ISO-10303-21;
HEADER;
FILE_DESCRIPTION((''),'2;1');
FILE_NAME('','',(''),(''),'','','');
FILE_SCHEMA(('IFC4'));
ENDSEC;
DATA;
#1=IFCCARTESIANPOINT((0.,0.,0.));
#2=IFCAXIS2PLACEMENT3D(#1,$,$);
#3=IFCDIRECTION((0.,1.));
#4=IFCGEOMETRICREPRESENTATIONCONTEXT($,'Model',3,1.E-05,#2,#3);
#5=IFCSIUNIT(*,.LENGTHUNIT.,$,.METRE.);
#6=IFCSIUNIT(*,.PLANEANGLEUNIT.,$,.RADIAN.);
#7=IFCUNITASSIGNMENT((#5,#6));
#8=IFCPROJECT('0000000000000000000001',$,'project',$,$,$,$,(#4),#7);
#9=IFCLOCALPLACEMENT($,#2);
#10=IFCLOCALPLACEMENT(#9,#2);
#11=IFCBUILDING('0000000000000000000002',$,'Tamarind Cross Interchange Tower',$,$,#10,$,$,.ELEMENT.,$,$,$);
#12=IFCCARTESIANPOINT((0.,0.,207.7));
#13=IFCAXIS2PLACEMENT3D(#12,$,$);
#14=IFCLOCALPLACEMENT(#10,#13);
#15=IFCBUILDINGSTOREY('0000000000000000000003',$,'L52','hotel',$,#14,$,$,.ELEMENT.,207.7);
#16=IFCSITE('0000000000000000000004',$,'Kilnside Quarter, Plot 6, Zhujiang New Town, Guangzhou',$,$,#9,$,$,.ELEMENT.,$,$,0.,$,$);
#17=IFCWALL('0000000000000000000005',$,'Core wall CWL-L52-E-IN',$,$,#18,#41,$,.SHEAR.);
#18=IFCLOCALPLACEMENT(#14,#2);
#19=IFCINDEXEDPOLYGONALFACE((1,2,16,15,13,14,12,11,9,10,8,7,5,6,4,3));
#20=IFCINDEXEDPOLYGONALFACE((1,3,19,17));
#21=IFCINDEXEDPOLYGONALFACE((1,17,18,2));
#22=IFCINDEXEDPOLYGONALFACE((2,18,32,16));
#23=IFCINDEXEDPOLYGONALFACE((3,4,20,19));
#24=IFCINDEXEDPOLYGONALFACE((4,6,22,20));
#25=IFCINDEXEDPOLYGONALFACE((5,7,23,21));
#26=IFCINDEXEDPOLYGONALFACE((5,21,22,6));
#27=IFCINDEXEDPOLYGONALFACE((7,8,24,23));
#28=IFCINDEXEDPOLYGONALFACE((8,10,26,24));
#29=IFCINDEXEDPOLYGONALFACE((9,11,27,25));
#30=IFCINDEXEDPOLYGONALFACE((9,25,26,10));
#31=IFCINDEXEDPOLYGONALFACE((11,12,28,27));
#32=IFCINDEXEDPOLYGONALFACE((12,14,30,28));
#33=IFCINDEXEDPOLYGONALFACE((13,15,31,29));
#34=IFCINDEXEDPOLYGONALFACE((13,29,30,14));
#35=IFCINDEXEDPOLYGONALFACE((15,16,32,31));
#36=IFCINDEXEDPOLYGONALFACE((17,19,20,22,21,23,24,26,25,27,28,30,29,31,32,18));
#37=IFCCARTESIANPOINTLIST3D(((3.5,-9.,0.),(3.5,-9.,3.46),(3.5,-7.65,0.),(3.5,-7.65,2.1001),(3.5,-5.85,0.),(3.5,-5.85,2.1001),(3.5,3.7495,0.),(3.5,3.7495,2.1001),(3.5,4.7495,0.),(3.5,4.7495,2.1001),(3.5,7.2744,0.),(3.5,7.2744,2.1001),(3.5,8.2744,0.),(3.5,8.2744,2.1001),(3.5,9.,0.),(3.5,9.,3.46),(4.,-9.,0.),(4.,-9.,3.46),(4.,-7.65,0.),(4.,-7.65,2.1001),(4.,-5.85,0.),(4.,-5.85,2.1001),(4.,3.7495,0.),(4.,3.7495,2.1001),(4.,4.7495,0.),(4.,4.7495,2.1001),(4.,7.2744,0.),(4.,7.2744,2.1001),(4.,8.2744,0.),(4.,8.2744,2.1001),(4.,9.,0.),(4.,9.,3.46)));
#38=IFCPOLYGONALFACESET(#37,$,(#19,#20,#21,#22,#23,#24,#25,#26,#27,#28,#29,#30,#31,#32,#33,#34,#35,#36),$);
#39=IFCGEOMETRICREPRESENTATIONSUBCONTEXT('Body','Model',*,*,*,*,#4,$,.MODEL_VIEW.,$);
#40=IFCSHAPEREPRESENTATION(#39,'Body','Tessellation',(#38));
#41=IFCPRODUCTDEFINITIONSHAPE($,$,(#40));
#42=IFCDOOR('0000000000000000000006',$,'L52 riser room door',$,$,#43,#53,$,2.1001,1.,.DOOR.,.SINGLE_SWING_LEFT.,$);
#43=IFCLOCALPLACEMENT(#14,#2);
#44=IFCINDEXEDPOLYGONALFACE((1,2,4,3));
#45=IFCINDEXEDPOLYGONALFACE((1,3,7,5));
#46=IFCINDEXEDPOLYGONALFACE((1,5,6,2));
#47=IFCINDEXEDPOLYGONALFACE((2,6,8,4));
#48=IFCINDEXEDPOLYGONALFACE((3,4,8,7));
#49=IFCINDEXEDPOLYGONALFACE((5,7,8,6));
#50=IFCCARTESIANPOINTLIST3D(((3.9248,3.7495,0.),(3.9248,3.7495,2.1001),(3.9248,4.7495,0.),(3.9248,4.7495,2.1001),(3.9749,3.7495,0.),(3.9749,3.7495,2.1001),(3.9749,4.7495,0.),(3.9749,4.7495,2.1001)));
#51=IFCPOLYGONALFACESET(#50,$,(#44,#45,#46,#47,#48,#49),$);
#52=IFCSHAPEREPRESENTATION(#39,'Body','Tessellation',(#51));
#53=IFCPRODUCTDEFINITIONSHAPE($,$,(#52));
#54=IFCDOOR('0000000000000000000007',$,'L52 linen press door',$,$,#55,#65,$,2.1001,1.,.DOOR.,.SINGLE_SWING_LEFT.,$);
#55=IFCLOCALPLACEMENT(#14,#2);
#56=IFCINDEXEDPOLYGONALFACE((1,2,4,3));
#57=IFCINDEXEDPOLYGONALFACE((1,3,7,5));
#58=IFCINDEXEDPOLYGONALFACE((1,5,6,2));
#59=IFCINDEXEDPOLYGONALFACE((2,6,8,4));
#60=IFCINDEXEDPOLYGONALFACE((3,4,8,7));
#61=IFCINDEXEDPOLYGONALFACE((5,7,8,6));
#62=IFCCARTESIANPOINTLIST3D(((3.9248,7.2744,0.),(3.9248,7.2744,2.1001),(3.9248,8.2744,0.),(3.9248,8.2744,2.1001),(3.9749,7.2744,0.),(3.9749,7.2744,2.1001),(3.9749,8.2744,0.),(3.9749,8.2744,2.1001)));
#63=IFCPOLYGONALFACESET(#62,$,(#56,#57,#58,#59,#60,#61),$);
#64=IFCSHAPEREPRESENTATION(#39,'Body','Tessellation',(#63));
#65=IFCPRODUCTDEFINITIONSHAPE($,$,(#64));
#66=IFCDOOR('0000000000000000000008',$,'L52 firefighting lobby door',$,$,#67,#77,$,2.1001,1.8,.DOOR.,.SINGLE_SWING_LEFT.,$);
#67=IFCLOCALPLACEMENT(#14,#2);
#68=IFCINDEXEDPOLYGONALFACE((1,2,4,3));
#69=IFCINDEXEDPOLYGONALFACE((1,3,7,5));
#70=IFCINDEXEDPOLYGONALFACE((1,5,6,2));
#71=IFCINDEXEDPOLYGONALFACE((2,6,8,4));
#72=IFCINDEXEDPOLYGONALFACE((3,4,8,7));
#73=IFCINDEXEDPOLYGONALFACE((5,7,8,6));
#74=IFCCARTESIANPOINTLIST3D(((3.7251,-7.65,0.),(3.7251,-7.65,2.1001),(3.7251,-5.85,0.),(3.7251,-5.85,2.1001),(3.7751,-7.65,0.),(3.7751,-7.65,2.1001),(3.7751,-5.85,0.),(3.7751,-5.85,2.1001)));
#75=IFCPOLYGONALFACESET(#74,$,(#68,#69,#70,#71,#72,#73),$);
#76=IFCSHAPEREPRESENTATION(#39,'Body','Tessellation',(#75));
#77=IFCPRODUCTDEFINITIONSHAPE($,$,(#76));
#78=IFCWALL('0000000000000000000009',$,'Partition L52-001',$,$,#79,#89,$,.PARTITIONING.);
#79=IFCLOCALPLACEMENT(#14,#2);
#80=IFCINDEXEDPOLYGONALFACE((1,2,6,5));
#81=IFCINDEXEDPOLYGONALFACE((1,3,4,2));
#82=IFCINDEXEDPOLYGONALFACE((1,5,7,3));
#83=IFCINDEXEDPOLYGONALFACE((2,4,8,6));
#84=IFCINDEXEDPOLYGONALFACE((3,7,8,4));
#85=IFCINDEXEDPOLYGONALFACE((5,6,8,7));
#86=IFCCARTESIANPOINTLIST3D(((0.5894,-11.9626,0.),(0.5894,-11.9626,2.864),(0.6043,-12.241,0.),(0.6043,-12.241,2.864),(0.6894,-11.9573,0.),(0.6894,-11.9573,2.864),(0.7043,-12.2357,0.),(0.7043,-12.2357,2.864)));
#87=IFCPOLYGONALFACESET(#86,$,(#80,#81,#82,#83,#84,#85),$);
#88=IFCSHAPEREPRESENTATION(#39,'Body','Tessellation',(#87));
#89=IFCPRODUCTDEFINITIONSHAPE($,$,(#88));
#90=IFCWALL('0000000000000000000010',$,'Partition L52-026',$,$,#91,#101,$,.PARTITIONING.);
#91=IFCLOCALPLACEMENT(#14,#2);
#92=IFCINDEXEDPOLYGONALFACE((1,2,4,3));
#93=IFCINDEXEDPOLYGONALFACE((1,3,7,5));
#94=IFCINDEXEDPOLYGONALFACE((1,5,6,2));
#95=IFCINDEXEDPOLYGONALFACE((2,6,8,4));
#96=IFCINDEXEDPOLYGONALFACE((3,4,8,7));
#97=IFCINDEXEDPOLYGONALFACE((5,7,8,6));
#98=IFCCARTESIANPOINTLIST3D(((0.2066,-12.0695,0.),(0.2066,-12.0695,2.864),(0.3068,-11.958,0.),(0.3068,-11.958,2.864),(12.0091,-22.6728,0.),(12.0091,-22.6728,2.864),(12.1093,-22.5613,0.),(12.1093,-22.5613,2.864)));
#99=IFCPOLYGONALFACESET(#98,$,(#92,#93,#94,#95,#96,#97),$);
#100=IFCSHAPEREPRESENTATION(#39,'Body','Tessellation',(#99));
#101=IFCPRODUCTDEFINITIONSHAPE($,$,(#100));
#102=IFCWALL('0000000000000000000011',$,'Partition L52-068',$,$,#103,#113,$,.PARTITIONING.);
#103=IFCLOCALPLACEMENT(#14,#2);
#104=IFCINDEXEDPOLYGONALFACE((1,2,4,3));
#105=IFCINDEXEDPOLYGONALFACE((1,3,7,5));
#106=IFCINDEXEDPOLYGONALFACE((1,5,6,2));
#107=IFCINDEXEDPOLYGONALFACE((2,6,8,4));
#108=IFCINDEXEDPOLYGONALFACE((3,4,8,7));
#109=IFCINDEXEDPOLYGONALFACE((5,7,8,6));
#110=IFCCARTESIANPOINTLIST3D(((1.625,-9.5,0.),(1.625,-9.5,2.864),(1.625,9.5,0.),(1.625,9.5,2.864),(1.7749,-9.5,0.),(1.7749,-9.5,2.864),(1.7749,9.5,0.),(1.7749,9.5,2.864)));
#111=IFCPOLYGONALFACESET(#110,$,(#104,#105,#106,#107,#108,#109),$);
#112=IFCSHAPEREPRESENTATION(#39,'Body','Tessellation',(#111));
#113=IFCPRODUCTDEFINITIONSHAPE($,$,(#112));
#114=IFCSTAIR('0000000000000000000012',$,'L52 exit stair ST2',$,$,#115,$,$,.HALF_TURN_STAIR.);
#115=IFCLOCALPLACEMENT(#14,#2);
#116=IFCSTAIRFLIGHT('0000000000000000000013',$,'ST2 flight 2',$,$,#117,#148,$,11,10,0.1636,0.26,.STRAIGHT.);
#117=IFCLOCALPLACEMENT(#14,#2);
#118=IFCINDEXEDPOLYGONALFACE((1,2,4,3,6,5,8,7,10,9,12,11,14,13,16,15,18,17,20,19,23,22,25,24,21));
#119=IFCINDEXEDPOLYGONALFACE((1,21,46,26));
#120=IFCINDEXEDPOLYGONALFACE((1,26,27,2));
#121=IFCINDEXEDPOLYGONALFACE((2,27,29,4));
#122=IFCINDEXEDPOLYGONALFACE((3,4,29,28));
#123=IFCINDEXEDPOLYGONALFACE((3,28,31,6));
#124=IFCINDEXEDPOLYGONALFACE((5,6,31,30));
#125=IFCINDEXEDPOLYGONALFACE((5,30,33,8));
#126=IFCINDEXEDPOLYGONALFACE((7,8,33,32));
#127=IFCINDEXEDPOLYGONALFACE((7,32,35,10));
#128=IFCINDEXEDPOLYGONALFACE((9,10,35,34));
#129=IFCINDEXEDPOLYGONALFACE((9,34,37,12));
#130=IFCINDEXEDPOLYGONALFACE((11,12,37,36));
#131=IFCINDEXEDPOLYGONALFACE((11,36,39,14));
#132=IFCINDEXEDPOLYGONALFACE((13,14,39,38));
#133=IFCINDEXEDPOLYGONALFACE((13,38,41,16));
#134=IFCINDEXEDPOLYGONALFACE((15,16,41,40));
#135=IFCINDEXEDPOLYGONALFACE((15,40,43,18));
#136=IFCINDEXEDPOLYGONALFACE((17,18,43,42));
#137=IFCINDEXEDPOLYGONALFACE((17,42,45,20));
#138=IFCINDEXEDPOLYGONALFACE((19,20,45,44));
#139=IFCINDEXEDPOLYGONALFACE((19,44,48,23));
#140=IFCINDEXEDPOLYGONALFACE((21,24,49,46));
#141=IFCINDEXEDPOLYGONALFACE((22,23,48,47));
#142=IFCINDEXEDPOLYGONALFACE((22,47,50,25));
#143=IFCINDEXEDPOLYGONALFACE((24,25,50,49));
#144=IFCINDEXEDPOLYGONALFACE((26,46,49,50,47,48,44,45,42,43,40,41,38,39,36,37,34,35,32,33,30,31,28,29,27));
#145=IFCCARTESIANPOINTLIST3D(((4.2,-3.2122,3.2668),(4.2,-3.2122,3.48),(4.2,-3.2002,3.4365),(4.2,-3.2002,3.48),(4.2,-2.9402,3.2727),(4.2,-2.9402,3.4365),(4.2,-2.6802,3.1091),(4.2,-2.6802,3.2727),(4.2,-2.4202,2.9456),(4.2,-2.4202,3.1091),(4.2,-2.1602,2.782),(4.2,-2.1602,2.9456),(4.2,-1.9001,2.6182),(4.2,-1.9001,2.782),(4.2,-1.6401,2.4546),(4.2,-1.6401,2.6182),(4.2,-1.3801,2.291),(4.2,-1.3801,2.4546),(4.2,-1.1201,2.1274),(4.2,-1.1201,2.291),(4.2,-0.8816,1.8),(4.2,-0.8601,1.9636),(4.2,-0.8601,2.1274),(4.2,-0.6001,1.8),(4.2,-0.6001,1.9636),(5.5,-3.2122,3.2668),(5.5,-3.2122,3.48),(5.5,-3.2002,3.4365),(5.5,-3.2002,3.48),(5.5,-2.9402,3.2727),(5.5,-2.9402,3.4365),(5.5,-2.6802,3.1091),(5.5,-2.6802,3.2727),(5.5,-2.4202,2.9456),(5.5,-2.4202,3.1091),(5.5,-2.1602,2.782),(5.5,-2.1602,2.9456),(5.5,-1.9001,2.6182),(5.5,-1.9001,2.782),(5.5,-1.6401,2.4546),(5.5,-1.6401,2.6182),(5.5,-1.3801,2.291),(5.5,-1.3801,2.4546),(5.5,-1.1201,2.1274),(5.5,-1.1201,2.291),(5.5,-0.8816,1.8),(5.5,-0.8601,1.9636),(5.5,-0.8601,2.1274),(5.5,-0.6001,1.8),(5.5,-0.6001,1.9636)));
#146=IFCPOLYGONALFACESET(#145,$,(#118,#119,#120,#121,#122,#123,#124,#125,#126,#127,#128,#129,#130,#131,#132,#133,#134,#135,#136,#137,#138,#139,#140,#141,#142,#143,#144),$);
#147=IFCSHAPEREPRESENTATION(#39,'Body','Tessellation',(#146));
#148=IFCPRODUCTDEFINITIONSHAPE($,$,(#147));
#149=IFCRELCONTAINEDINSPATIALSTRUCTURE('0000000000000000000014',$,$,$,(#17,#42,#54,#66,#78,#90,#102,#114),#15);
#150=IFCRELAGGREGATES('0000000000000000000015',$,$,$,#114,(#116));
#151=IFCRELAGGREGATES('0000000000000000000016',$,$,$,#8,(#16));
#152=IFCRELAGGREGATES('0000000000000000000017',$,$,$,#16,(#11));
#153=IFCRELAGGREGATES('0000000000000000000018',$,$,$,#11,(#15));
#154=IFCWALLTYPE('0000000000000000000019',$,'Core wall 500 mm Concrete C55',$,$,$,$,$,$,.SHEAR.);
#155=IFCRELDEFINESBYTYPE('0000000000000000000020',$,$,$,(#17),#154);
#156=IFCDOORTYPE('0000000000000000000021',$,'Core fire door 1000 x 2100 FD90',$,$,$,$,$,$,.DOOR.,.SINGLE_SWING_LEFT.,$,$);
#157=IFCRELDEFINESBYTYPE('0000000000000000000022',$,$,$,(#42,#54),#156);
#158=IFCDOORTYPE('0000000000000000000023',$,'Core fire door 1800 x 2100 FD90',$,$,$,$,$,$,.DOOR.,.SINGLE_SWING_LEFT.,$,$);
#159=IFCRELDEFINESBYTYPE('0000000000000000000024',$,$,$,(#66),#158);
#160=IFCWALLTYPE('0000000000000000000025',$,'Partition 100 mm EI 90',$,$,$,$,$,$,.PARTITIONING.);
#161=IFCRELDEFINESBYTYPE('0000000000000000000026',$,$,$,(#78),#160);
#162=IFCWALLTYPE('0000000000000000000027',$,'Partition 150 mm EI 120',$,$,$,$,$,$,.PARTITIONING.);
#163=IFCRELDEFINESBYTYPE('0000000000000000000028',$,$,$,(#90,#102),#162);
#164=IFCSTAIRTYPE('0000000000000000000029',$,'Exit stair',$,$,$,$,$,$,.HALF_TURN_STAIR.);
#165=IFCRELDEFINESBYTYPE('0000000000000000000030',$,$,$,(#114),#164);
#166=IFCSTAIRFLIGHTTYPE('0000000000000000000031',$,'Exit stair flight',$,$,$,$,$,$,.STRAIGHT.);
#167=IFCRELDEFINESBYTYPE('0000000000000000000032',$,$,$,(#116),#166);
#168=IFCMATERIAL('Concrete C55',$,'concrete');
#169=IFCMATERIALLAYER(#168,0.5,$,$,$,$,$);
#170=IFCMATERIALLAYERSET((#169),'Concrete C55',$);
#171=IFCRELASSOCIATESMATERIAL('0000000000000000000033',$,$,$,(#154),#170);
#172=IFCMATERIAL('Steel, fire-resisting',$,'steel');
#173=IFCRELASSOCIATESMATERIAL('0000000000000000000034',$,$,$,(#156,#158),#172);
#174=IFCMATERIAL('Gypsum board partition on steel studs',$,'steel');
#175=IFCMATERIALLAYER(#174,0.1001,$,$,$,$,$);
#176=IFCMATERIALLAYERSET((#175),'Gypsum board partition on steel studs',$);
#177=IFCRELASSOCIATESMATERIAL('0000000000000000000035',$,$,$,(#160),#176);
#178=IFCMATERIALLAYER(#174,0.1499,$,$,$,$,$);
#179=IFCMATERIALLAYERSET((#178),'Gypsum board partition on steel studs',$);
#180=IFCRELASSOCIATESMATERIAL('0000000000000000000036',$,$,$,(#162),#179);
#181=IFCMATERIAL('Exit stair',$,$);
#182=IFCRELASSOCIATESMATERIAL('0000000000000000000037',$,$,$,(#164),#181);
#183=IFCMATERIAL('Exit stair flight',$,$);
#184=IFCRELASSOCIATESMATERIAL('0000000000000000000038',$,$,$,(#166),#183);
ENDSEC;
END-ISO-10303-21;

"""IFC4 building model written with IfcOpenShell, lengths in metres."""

from ifc_helpers import new_model, si_unit, direction, frame, frame_2d, origin, place, context, subcontext, project, spatial, polyline, rectangle, outline, extrude, material, layer, layer_set, type_object, element, fill, aggregate, save


model = new_model("IFC4")

# Units and contexts
model_context = context("Model", 3, precision=1e-05, world=origin(), true_north=direction((0.0, 1.0)))
body_context = subcontext(model_context, "Body", "Model", "MODEL_VIEW")
ifc_project = project(units=[si_unit("LENGTHUNIT", "METRE"), si_unit("PLANEANGLEUNIT", "RADIAN")], contexts=[model_context])

# Site, building, storey
site_placement = place(None, origin())
site = spatial("IfcSite", under=ifc_project, at=site_placement, Name="Kilnside Quarter, Plot 6, Zhujiang New Town, Guangzhou", CompositionType="ELEMENT", RefElevation=0.0)
building_placement = place(site_placement, origin())
building = spatial("IfcBuilding", under=site, at=building_placement, Name="Tamarind Cross Interchange Tower", CompositionType="ELEMENT")
storey_placement = place(building_placement, frame((0.0, 0.0, 207.7)))
storey = spatial("IfcBuildingStorey", under=building, at=storey_placement, Name="L52", Description="hotel", CompositionType="ELEMENT", Elevation=207.7)

# Wall, openings, doors
ifc_material_1 = material(Name="Concrete C55", Category="concrete")
ifc_layer_1 = layer(ifc_material_1, 0.5)
ifc_layer_set_1 = layer_set([ifc_layer_1], Name="Concrete C55")
wall_type_1 = type_object("IfcWallType", Name="Core wall 500 mm Concrete C55", PredefinedType="SHEAR", material=ifc_layer_set_1)
wall_1_placement = place(storey_placement, frame((3.75, -9.0, 0.0), z_axis=(0.0, 0.0, 1.0), x_axis=(0.0, 1.0, 0.0)))
wall_1 = element("IfcWall", 1, at=wall_1_placement, inside=storey, type_object=wall_type_1, Name="Core wall CWL-L52-E-IN", PredefinedType="SHEAR", context=body_context, shape_type="SweptSolid", body=[
    extrude(rectangle(XDim=18.0, YDim=0.5, at=frame_2d((9.0, 0.0))), origin(), (0.0, 0.0, 1.0), 3.46),
])
opening_1_placement = place(wall_1_placement, frame((1.3501, 0.0, 0.0)))
opening_1 = element("IfcOpeningElement", 2, at=opening_1_placement, cuts=wall_1, PredefinedType="OPENING", context=body_context, shape_type="SweptSolid", body=[
    extrude(rectangle(XDim=1.8, YDim=2.1001, at=frame_2d((0.8999, 1.05))), frame((0.0, 0.26, 0.0), z_axis=(0.0, -1.0, 0.0), x_axis=(1.0, 0.0, 0.0)), (0.0, 0.0, 1.0), 0.52),
])
opening_2_placement = place(wall_1_placement, frame((12.7495, 0.0, 0.0)))
opening_2 = element("IfcOpeningElement", 3, at=opening_2_placement, cuts=wall_1, PredefinedType="OPENING", context=body_context, shape_type="SweptSolid", body=[
    extrude(rectangle(XDim=1.0, YDim=2.1001, at=frame_2d((0.5, 1.05))), frame((0.0, 0.26, 0.0), z_axis=(0.0, -1.0, 0.0), x_axis=(1.0, 0.0, 0.0)), (0.0, 0.0, 1.0), 0.52),
])
opening_3_placement = place(wall_1_placement, frame((16.2744, 0.0, 0.0)))
opening_3 = element("IfcOpeningElement", 4, at=opening_3_placement, cuts=wall_1, PredefinedType="OPENING", context=body_context, shape_type="SweptSolid", body=[
    extrude(rectangle(XDim=1.0, YDim=2.1001, at=frame_2d((0.5, 1.05))), frame((0.0, 0.26, 0.0), z_axis=(0.0, -1.0, 0.0), x_axis=(1.0, 0.0, 0.0)), (0.0, 0.0, 1.0), 0.52),
])
ifc_material_2 = material(Name="Steel, fire-resisting", Category="steel")
door_type_1 = type_object("IfcDoorType", Name="Core fire door 1000 x 2100 FD90", OperationType="SINGLE_SWING_LEFT", PredefinedType="DOOR", material=ifc_material_2)
door_1_placement = place(opening_2_placement, origin())
door_1 = element("IfcDoor", 5, at=door_1_placement, inside=storey, type_object=door_type_1, Name="L52 riser room door", OperationType="SINGLE_SWING_LEFT", OverallHeight=2.1001, OverallWidth=1.0, PredefinedType="DOOR", context=body_context, shape_type="SweptSolid", body=[
    extrude(rectangle(XDim=1.0, YDim=2.1001, at=frame_2d((0.5, 1.05))), frame((0.0, -0.1748, 0.0), z_axis=(0.0, -1.0, 0.0), x_axis=(1.0, 0.0, 0.0)), (0.0, 0.0, 1.0), 0.05),
])
fill(opening_2, door_1)
door_2_placement = place(opening_3_placement, origin())
door_2 = element("IfcDoor", 6, at=door_2_placement, inside=storey, type_object=door_type_1, Name="L52 linen press door", OperationType="SINGLE_SWING_LEFT", OverallHeight=2.1001, OverallWidth=1.0, PredefinedType="DOOR", context=body_context, shape_type="SweptSolid", body=[
    extrude(rectangle(XDim=1.0, YDim=2.1001, at=frame_2d((0.5, 1.05))), frame((0.0, -0.1748, 0.0), z_axis=(0.0, -1.0, 0.0), x_axis=(1.0, 0.0, 0.0)), (0.0, 0.0, 1.0), 0.05),
])
fill(opening_3, door_2)
door_type_2 = type_object("IfcDoorType", Name="Core fire door 1800 x 2100 FD90", OperationType="SINGLE_SWING_LEFT", PredefinedType="DOOR", material=ifc_material_2)
door_3_placement = place(opening_1_placement, origin())
door_3 = element("IfcDoor", 7, at=door_3_placement, inside=storey, type_object=door_type_2, Name="L52 firefighting lobby door", OperationType="SINGLE_SWING_LEFT", OverallHeight=2.1001, OverallWidth=1.8, PredefinedType="DOOR", context=body_context, shape_type="SweptSolid", body=[
    extrude(rectangle(XDim=1.8, YDim=2.1001, at=frame_2d((0.8999, 1.05))), frame((0.0, 0.0249, 0.0), z_axis=(0.0, -1.0, 0.0), x_axis=(1.0, 0.0, 0.0)), (0.0, 0.0, 1.0), 0.05),
])
fill(opening_1, door_3)

# Walls
ifc_material_3 = material(Name="Gypsum board partition on steel studs", Category="steel")
ifc_layer_2 = layer(ifc_material_3, 0.1001)
ifc_layer_set_2 = layer_set([ifc_layer_2], Name="Gypsum board partition on steel studs")
wall_type_2 = type_object("IfcWallType", Name="Partition 100 mm EI 90", PredefinedType="PARTITIONING", material=ifc_layer_set_2)
wall_2_placement = place(storey_placement, frame((0.6394, -11.96, 0.0), z_axis=(0.0, 0.0, 1.0), x_axis=(0.053432, -0.998571, 0.0)))
element("IfcWall", 8, at=wall_2_placement, inside=storey, type_object=wall_type_2, Name="Partition L52-001", PredefinedType="PARTITIONING", context=body_context, shape_type="SweptSolid", body=[
    extrude(rectangle(XDim=0.2788, YDim=0.1001, at=frame_2d((0.1394, 0.0))), origin(), (0.0, 0.0, 1.0), 2.864),
])
ifc_layer_3 = layer(ifc_material_3, 0.1499)
ifc_layer_set_3 = layer_set([ifc_layer_3], Name="Gypsum board partition on steel studs")
wall_type_3 = type_object("IfcWallType", Name="Partition 150 mm EI 120", PredefinedType="PARTITIONING", material=ifc_layer_set_3)
wall_3_placement = place(storey_placement, frame((0.2566, -12.0137, 0.0), z_axis=(0.0, 0.0, 1.0), x_axis=(0.743888, -0.668304, 0.0)))
element("IfcWall", 9, at=wall_3_placement, inside=storey, type_object=wall_type_3, Name="Partition L52-026", PredefinedType="PARTITIONING", context=body_context, shape_type="SweptSolid", body=[
    extrude(rectangle(XDim=15.866, YDim=0.1499, at=frame_2d((7.9331, 0.0))), origin(), (0.0, 0.0, 1.0), 2.864),
])
wall_4_placement = place(storey_placement, frame((1.7, -9.5, 0.0), z_axis=(0.0, 0.0, 1.0), x_axis=(0.0, 1.0, 0.0)))
element("IfcWall", 10, at=wall_4_placement, inside=storey, type_object=wall_type_3, Name="Partition L52-068", PredefinedType="PARTITIONING", context=body_context, shape_type="SweptSolid", body=[
    extrude(rectangle(XDim=19.0, YDim=0.1499, at=frame_2d((9.5, 0.0))), origin(), (0.0, 0.0, 1.0), 2.864),
])

# Stair, stair flight
ifc_material_4 = material(Name="Exit stair")
stair_type = type_object("IfcStairType", Name="Exit stair", PredefinedType="HALF_TURN_STAIR", material=ifc_material_4)
stair_placement = place(storey_placement, origin())
stair = element("IfcStair", 11, at=stair_placement, inside=storey, type_object=stair_type, Name="L52 exit stair ST2", PredefinedType="HALF_TURN_STAIR")
ifc_material_5 = material(Name="Exit stair flight")
stair_flight_type = type_object("IfcStairFlightType", Name="Exit stair flight", PredefinedType="STRAIGHT", material=ifc_material_5)
stair_flight_placement = place(storey_placement, frame((4.8501, -0.6001, 1.8), z_axis=(0.0, 0.0, 1.0), x_axis=(0.0, -1.0, 0.0)))
stair_flight = element("IfcStairFlight", 12, at=stair_flight_placement, type_object=stair_flight_type, Name="ST2 flight 2", NumberOfRisers=11, NumberOfTreads=10, PredefinedType="STRAIGHT", RiserHeight=0.1636, TreadLength=0.26, context=body_context, shape_type="SweptSolid", body=[
    extrude(outline(polyline([(0.0, 0.0), (0.0, 0.1636), (0.26, 0.1636), (0.26, 0.3274), (0.52, 0.3274), (0.52, 0.491), (0.78, 0.491), (0.78, 0.6545), (1.04, 0.6545), (1.04, 0.8181), (1.3, 0.8181), (1.3, 0.9819), (1.5601, 0.9819), (1.5601, 1.1455), (1.8201, 1.1455), (1.8201, 1.3091), (2.0801, 1.3091), (2.0801, 1.4727), (2.3401, 1.4727), (2.3401, 1.6365), (2.6001, 1.6365), (2.6001, 1.6799), (2.6121, 1.6799), (2.6121, 1.4668), (0.2815, 0.0), (0.0, 0.0)])), frame((0.0, 0.6499, 0.0), z_axis=(0.0, -1.0, 0.0), x_axis=(1.0, 0.0, 0.0)), (0.0, 0.0, 1.0), 1.3),
])
aggregate(stair, [stair_flight])

save(model, "model.ifc")
